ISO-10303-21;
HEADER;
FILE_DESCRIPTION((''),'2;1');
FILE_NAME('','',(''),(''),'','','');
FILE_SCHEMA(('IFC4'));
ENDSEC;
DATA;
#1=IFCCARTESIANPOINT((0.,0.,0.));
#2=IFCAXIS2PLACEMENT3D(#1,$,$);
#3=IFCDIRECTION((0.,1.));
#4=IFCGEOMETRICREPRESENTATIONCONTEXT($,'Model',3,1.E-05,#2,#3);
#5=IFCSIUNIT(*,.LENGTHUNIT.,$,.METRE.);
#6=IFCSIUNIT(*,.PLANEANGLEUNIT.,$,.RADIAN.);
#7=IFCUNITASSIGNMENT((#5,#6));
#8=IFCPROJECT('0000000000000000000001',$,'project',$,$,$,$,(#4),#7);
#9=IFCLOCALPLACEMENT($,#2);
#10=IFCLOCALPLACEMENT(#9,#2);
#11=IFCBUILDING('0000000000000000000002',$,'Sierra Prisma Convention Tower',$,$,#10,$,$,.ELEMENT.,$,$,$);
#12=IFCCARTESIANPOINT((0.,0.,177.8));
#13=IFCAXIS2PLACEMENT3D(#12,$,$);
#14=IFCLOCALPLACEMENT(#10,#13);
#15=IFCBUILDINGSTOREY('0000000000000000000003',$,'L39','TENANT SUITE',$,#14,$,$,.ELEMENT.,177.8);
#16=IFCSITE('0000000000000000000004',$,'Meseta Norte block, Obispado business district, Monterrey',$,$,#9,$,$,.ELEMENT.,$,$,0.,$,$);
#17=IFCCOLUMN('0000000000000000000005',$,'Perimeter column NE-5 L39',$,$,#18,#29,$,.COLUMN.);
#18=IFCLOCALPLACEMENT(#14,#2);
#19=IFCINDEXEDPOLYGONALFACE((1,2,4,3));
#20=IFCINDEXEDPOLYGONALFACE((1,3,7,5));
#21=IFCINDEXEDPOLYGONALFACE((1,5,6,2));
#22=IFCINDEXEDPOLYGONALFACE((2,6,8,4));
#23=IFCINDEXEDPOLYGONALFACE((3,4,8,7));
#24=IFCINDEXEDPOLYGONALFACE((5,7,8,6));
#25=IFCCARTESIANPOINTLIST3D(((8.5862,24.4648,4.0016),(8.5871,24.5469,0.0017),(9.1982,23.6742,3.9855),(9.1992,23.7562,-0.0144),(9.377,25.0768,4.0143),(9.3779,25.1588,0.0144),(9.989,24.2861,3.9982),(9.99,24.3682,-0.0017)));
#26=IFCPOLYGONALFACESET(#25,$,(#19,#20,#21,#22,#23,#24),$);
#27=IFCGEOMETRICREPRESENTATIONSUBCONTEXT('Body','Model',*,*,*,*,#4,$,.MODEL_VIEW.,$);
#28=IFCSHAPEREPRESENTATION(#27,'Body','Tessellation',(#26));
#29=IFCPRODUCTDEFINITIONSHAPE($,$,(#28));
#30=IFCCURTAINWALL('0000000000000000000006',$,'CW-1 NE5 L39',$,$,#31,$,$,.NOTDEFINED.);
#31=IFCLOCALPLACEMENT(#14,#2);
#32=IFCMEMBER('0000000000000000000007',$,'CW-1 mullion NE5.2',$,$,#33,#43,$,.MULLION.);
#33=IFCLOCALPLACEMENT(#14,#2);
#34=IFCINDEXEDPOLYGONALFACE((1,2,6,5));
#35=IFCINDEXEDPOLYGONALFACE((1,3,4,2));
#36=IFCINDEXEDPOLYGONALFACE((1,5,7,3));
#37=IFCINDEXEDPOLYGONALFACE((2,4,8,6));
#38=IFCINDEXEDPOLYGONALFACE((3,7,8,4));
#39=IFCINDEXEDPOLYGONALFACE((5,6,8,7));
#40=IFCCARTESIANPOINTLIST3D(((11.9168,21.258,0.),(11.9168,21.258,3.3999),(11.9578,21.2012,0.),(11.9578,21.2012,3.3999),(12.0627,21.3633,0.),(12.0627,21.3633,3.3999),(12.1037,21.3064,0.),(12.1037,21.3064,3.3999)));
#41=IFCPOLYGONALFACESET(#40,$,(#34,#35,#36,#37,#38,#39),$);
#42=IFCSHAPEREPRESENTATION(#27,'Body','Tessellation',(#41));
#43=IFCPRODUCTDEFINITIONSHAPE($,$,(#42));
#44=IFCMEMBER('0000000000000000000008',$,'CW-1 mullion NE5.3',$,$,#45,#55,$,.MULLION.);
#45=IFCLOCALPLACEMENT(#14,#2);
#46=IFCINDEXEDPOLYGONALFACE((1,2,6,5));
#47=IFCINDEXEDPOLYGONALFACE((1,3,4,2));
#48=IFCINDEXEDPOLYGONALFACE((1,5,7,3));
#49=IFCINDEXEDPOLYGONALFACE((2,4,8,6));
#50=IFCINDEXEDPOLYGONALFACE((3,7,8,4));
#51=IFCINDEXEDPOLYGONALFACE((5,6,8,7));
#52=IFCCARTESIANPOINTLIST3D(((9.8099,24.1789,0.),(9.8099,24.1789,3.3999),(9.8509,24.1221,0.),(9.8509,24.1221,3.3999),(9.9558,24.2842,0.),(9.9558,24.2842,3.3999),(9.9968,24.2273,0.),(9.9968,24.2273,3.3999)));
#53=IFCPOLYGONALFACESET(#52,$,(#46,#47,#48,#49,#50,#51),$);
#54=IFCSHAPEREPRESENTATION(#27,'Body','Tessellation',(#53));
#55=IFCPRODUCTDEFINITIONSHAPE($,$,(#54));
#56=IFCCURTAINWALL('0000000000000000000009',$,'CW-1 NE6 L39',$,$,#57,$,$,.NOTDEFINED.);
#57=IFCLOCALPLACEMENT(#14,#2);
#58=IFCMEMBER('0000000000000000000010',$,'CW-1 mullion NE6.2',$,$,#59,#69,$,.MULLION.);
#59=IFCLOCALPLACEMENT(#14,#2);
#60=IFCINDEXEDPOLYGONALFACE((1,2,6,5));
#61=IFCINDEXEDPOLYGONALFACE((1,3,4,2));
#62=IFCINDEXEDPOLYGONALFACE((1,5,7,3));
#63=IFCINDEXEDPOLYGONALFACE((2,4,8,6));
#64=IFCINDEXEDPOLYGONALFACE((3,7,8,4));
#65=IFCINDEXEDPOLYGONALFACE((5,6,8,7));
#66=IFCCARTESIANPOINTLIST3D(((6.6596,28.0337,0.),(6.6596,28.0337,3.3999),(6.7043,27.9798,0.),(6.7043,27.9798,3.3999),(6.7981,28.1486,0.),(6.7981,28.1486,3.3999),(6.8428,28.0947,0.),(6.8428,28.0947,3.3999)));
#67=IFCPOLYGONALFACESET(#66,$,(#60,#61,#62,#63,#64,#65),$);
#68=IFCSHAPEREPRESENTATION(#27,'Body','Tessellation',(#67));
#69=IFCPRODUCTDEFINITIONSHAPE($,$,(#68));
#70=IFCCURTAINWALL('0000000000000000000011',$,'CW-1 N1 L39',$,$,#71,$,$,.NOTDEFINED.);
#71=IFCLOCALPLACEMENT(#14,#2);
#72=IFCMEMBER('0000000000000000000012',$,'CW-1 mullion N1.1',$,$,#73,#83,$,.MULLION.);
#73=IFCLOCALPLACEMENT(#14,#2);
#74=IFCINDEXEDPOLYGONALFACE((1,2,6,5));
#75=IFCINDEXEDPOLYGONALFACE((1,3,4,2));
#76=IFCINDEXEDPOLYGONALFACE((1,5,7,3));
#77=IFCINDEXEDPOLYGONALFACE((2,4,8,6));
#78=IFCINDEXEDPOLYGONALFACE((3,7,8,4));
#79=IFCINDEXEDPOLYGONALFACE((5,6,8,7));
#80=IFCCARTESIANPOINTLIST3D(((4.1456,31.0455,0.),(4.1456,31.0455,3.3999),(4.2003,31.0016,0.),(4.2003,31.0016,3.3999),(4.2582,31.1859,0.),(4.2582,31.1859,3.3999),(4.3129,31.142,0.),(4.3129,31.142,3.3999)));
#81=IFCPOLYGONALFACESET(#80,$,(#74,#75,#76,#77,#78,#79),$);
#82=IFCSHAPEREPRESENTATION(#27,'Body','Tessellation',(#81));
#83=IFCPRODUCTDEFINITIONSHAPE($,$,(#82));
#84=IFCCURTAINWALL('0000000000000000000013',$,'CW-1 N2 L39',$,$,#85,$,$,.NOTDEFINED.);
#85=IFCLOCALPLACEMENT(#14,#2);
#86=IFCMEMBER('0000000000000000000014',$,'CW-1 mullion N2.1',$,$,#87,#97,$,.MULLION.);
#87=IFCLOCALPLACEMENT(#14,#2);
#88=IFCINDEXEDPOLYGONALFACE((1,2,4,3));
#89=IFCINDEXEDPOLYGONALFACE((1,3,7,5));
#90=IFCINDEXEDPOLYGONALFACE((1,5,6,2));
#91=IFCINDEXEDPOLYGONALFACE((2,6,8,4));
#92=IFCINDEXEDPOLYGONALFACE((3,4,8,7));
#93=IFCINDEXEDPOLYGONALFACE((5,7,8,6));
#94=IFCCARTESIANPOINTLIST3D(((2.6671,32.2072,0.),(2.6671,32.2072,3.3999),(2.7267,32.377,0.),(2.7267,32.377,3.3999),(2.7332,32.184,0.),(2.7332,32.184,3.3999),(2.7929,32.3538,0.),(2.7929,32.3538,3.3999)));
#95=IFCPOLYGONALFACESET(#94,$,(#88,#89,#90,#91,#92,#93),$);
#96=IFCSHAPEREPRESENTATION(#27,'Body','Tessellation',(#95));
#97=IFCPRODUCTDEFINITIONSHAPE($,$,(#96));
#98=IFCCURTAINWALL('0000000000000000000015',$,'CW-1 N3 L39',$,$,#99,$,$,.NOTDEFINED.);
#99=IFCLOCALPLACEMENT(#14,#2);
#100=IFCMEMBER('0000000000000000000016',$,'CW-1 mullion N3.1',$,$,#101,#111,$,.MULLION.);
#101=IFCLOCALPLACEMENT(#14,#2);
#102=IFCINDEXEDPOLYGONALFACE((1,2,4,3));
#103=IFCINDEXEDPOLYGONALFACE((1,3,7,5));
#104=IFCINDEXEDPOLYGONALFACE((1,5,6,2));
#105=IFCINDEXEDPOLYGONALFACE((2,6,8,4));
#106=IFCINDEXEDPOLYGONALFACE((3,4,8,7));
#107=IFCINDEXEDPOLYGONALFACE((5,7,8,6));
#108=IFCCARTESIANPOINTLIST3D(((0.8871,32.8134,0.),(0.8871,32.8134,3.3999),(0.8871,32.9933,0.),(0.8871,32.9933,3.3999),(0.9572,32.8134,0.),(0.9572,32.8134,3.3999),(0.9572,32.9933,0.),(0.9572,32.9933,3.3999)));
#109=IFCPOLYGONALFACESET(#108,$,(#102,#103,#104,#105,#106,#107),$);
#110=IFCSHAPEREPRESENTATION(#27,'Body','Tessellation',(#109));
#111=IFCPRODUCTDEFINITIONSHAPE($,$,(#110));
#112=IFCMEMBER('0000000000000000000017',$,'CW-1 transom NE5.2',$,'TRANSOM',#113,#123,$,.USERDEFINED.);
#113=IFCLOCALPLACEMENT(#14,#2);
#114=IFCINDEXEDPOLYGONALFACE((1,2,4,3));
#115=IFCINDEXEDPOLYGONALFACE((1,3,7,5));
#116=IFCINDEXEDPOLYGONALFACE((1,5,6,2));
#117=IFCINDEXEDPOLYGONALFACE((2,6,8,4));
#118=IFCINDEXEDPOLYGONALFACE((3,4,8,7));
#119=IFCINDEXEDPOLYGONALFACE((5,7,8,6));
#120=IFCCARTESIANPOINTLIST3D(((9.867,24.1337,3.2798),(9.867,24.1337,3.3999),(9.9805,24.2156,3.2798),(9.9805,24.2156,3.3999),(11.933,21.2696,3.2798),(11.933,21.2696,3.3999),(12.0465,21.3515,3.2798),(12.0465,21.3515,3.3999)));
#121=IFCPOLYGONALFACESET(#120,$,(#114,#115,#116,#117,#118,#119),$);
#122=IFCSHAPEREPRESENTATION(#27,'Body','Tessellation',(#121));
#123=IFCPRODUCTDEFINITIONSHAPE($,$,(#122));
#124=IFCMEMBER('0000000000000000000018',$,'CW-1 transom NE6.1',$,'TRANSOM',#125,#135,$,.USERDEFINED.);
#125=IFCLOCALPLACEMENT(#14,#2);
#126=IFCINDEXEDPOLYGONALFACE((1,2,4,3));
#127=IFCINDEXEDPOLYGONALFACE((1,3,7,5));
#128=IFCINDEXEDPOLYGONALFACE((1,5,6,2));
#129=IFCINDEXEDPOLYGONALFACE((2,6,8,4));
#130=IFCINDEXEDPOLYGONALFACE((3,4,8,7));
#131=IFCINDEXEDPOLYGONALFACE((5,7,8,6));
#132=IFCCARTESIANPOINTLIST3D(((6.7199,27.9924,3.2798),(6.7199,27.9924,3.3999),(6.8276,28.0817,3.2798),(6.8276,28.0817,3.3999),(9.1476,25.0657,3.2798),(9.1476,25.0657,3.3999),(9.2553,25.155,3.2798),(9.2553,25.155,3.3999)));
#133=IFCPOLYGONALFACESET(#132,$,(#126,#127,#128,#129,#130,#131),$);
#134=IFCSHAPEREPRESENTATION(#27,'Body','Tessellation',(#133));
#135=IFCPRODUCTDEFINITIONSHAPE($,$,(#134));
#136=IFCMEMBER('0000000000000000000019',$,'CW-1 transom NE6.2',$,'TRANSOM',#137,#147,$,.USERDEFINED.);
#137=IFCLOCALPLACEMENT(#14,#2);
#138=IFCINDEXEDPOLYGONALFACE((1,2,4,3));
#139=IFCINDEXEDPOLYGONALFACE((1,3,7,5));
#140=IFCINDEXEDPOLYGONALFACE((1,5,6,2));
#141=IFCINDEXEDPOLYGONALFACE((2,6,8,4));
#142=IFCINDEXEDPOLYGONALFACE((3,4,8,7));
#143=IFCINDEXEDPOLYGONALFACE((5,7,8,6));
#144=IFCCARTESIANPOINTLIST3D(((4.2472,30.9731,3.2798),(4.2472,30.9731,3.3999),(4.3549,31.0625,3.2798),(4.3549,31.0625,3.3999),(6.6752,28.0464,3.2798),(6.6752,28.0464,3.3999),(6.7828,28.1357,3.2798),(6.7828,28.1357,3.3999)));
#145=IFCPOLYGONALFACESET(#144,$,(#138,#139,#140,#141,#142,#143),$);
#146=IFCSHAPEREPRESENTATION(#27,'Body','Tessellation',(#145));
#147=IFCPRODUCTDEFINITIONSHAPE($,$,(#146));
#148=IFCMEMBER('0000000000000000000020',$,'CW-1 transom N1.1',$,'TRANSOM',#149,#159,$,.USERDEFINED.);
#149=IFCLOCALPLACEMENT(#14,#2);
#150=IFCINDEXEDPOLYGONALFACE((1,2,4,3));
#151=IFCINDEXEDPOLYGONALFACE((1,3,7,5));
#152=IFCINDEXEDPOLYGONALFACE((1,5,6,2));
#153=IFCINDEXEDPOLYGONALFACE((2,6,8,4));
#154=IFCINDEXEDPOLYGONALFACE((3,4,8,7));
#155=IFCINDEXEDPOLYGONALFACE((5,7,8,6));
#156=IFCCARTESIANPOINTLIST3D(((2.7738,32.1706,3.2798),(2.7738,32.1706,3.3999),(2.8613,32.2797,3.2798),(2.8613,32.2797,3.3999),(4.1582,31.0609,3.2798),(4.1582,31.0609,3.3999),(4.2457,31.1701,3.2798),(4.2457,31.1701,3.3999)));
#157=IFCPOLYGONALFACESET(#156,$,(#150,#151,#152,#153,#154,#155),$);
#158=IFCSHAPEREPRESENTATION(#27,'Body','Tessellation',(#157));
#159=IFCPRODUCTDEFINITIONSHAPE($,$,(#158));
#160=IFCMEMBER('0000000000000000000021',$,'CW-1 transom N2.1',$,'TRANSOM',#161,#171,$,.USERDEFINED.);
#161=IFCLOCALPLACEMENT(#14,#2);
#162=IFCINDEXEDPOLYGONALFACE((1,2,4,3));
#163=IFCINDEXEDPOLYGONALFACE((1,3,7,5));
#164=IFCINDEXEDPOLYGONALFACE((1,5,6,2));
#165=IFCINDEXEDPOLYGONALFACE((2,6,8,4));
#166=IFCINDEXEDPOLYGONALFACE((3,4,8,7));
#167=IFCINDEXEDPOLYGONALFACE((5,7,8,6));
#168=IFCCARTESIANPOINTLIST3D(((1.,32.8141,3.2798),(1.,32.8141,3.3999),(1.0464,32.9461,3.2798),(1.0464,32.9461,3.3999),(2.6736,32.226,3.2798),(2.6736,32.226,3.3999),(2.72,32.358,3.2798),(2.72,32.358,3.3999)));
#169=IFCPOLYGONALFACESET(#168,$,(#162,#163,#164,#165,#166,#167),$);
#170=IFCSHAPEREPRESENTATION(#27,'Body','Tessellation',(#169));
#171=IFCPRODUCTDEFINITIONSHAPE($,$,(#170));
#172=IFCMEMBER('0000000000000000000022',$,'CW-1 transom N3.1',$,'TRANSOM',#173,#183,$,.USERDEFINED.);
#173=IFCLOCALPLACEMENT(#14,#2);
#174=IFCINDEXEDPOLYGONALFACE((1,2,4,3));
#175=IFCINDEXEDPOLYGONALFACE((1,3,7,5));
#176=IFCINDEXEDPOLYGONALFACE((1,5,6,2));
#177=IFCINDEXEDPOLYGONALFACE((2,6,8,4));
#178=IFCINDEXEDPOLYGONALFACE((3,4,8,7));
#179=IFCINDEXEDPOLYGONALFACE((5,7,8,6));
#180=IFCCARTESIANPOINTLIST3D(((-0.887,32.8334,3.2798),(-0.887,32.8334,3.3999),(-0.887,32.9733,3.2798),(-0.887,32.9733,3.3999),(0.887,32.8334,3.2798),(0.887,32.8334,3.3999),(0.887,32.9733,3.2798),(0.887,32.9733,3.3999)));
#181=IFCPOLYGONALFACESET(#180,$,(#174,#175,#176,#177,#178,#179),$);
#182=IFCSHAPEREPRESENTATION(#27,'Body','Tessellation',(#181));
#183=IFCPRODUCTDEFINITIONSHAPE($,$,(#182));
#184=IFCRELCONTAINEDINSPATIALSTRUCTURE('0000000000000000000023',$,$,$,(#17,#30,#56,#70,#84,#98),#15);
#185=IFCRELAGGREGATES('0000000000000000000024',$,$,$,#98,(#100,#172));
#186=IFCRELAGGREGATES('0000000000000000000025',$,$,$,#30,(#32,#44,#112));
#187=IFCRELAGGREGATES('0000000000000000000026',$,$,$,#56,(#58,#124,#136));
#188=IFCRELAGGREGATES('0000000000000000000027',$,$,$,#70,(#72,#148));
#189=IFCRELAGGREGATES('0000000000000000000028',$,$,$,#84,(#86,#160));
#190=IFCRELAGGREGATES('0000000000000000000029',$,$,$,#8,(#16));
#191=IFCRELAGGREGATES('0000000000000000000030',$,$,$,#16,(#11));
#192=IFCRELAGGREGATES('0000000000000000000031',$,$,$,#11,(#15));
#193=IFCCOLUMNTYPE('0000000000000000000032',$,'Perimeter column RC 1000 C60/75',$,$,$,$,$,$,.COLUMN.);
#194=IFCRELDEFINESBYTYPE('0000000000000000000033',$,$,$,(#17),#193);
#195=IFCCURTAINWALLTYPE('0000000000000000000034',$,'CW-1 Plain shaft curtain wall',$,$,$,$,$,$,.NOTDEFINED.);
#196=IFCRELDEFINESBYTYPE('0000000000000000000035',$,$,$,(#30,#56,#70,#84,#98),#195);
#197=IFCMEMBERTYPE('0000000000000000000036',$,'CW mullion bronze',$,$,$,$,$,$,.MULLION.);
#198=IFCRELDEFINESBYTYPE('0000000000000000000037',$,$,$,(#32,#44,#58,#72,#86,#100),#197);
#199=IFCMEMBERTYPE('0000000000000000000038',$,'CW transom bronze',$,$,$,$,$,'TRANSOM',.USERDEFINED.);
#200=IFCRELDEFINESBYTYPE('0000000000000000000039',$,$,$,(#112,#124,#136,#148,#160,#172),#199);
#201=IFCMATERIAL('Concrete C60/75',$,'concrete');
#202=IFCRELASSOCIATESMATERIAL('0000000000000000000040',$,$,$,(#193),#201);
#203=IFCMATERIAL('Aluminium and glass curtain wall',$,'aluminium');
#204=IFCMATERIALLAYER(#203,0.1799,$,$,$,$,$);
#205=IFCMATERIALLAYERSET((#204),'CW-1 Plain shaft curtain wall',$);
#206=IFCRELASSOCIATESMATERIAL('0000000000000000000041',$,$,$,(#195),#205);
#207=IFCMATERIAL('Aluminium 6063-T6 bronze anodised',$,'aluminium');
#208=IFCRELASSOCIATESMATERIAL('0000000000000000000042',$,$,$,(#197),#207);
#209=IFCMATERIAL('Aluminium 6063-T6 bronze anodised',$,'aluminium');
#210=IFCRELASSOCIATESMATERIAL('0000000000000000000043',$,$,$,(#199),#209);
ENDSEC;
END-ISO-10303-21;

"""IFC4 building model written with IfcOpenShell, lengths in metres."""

from ifc_helpers import new_model, si_unit, direction, frame, origin, origin_2d, place, context, subcontext, project, spatial, rectangle, extrude, material, layer, layer_set, material_profile, profile_set, type_object, element, aggregate, save


model = new_model("IFC4")

# Units and contexts
model_context = context("Model", 3, precision=1e-05, world=origin(), true_north=direction((0.0, 1.0)))
body_context = subcontext(model_context, "Body", "Model", "MODEL_VIEW")
ifc_project = project(units=[si_unit("LENGTHUNIT", "METRE"), si_unit("PLANEANGLEUNIT", "RADIAN")], contexts=[model_context])

# Site, building, storey
site_placement = place(None, origin())
site = spatial("IfcSite", under=ifc_project, at=site_placement, Name="Meseta Norte block, Obispado business district, Monterrey", CompositionType="ELEMENT", RefElevation=0.0)
building_placement = place(site_placement, origin())
building = spatial("IfcBuilding", under=site, at=building_placement, Name="Sierra Prisma Convention Tower", CompositionType="ELEMENT")
storey_placement = place(building_placement, frame((0.0, 0.0, 177.8)))
storey = spatial("IfcBuildingStorey", under=building, at=storey_placement, Name="L39", Description="TENANT SUITE", CompositionType="ELEMENT", Elevation=177.8)

# Column
ifc_material_1 = material(Name="Concrete C60/75", Category="concrete")
ifc_material_profile_1 = material_profile(ifc_material_1, rectangle(XDim=1.0, YDim=1.0, at=origin_2d()), Name="Perimeter column RC 1000 C60/75")
ifc_profile_set_1 = profile_set([ifc_material_profile_1], Name="Concrete C60/75")
column_type = type_object("IfcColumnType", Name="Perimeter column RC 1000 C60/75", PredefinedType="COLUMN", material=ifc_profile_set_1)
column_placement = place(storey_placement, frame((9.2886, 24.4575, 0.0), z_axis=(-0.000244, -0.020504, 0.99979), x_axis=(-0.612079, 0.790633, 0.016065)))
element("IfcColumn", 1, at=column_placement, inside=storey, type_object=column_type, Name="Perimeter column NE-5 L39", PredefinedType="COLUMN", context=body_context, shape_type="SweptSolid", body=[
    extrude(rectangle(XDim=1.0, YDim=1.0, at=origin_2d()), origin(), (0.0, 0.0, 1.0), 4.0007),
])

# Curtain wall, members
ifc_material_2 = material(Name="Aluminium and glass curtain wall", Category="aluminium")
ifc_layer_1 = layer(ifc_material_2, 0.1799)
ifc_layer_set_1 = layer_set([ifc_layer_1], Name="CW-1 Plain shaft curtain wall")
curtain_wall_type = type_object("IfcCurtainWallType", Name="CW-1 Plain shaft curtain wall", PredefinedType="NOTDEFINED", material=ifc_layer_set_1)
curtain_wall_1_placement = place(storey_placement, origin())
curtain_wall_1 = element("IfcCurtainWall", 2, at=curtain_wall_1_placement, inside=storey, type_object=curtain_wall_type, Name="CW-1 NE5 L39", PredefinedType="NOTDEFINED")
ifc_material_3 = material(Name="Aluminium 6063-T6 bronze anodised", Category="aluminium")
ifc_material_profile_2 = material_profile(ifc_material_3, rectangle(XDim=0.1799, YDim=0.0701, at=origin_2d()), Name="ALU MULLION 70x180")
ifc_profile_set_2 = profile_set([ifc_material_profile_2], Name="Aluminium 6063-T6 bronze anodised")
member_type_1 = type_object("IfcMemberType", Name="CW mullion bronze", PredefinedType="MULLION", material=ifc_profile_set_2)
member_1_placement = place(storey_placement, frame((12.0103, 21.2822, 0.0), z_axis=(0.0, 0.0, 1.0), x_axis=(-0.811012, -0.585029, 0.0)))
member_1 = element("IfcMember", 3, at=member_1_placement, type_object=member_type_1, Name="CW-1 mullion NE5.2", PredefinedType="MULLION", context=body_context, shape_type="SweptSolid", body=[
    extrude(rectangle(XDim=0.1799, YDim=0.0701, at=origin_2d()), origin(), (0.0, 0.0, 1.0), 3.3999),
])
member_2_placement = place(storey_placement, frame((9.9033, 24.2031, 0.0), z_axis=(0.0, 0.0, 1.0), x_axis=(-0.811012, -0.585029, 0.0)))
member_2 = element("IfcMember", 4, at=member_2_placement, type_object=member_type_1, Name="CW-1 mullion NE5.3", PredefinedType="MULLION", context=body_context, shape_type="SweptSolid", body=[
    extrude(rectangle(XDim=0.1799, YDim=0.0701, at=origin_2d()), origin(), (0.0, 0.0, 1.0), 3.3999),
])

# Curtain walls, members
curtain_wall_2_placement = place(storey_placement, origin())
curtain_wall_2 = element("IfcCurtainWall", 5, at=curtain_wall_2_placement, inside=storey, type_object=curtain_wall_type, Name="CW-1 NE6 L39", PredefinedType="NOTDEFINED")
member_3_placement = place(storey_placement, frame((6.7512, 28.0642, 0.0), z_axis=(0.0, 0.0, 1.0), x_axis=(-0.769678, -0.638433, 0.0)))
member_3 = element("IfcMember", 6, at=member_3_placement, type_object=member_type_1, Name="CW-1 mullion NE6.2", PredefinedType="MULLION", context=body_context, shape_type="SweptSolid", body=[
    extrude(rectangle(XDim=0.1799, YDim=0.0701, at=origin_2d()), origin(), (0.0, 0.0, 1.0), 3.3999),
])
curtain_wall_3_placement = place(storey_placement, origin())
curtain_wall_3 = element("IfcCurtainWall", 7, at=curtain_wall_3_placement, inside=storey, type_object=curtain_wall_type, Name="CW-1 N1 L39", PredefinedType="NOTDEFINED")
member_4_placement = place(storey_placement, frame((4.2292, 31.0938, 0.0), z_axis=(0.0, 0.0, 1.0), x_axis=(-0.625406, -0.7803, 0.0)))
member_4 = element("IfcMember", 8, at=member_4_placement, type_object=member_type_1, Name="CW-1 mullion N1.1", PredefinedType="MULLION", context=body_context, shape_type="SweptSolid", body=[
    extrude(rectangle(XDim=0.1799, YDim=0.0701, at=origin_2d()), origin(), (0.0, 0.0, 1.0), 3.3999),
])
curtain_wall_4_placement = place(storey_placement, origin())
curtain_wall_4 = element("IfcCurtainWall", 9, at=curtain_wall_4_placement, inside=storey, type_object=curtain_wall_type, Name="CW-1 N2 L39", PredefinedType="NOTDEFINED")
member_5_placement = place(storey_placement, frame((2.73, 32.2805, 0.0), z_axis=(0.0, 0.0, 1.0), x_axis=(-0.331436, -0.943478, 0.0)))
member_5 = element("IfcMember", 10, at=member_5_placement, type_object=member_type_1, Name="CW-1 mullion N2.1", PredefinedType="MULLION", context=body_context, shape_type="SweptSolid", body=[
    extrude(rectangle(XDim=0.1799, YDim=0.0701, at=origin_2d()), origin(), (0.0, 0.0, 1.0), 3.3999),
])
curtain_wall_5_placement = place(storey_placement, origin())
curtain_wall_5 = element("IfcCurtainWall", 11, at=curtain_wall_5_placement, inside=storey, type_object=curtain_wall_type, Name="CW-1 N3 L39", PredefinedType="NOTDEFINED")
member_6_placement = place(storey_placement, frame((0.9221, 32.9033, 0.0), z_axis=(0.0, 0.0, 1.0), x_axis=(0.0, -1.0, 0.0)))
member_6 = element("IfcMember", 12, at=member_6_placement, type_object=member_type_1, Name="CW-1 mullion N3.1", PredefinedType="MULLION", context=body_context, shape_type="SweptSolid", body=[
    extrude(rectangle(XDim=0.1799, YDim=0.0701, at=origin_2d()), origin(), (0.0, 0.0, 1.0), 3.3999),
])

# Members
ifc_material_4 = material(Name="Aluminium 6063-T6 bronze anodised", Category="aluminium")
ifc_material_profile_3 = material_profile(ifc_material_4, rectangle(XDim=0.1399, YDim=0.1201, at=origin_2d()), Name="ALU TRANSOM 120x140")
ifc_profile_set_3 = profile_set([ifc_material_profile_3], Name="Aluminium 6063-T6 bronze anodised")
member_type_2 = type_object("IfcMemberType", Name="CW transom bronze", ElementType="TRANSOM", PredefinedType="USERDEFINED", material=ifc_profile_set_3)
member_7_placement = place(storey_placement, frame((11.9897, 21.3105, 3.3398), z_axis=(-0.585018, 0.81102, 0.0), x_axis=(-0.81102, -0.585018, 0.0)))
member_7 = element("IfcMember", 13, at=member_7_placement, type_object=member_type_2, Name="CW-1 transom NE5.2", ObjectType="TRANSOM", PredefinedType="USERDEFINED", context=body_context, shape_type="SweptSolid", body=[
    extrude(rectangle(XDim=0.1399, YDim=0.1201, at=origin_2d()), origin(), (0.0, 0.0, 1.0), 3.5315),
])
member_8_placement = place(storey_placement, frame((9.2014, 25.1104, 3.3398), z_axis=(-0.63844, 0.769672, 0.0), x_axis=(-0.769672, -0.63844, 0.0)))
member_8 = element("IfcMember", 14, at=member_8_placement, type_object=member_type_2, Name="CW-1 transom NE6.1", ObjectType="TRANSOM", PredefinedType="USERDEFINED", context=body_context, shape_type="SweptSolid", body=[
    extrude(rectangle(XDim=0.1399, YDim=0.1201, at=origin_2d()), origin(), (0.0, 0.0, 1.0), 3.8025),
])
member_9_placement = place(storey_placement, frame((6.729, 28.0911, 3.3398), z_axis=(-0.638478, 0.76964, 0.0), x_axis=(-0.76964, -0.638478, 0.0)))
member_9 = element("IfcMember", 15, at=member_9_placement, type_object=member_type_2, Name="CW-1 transom NE6.2", ObjectType="TRANSOM", PredefinedType="USERDEFINED", context=body_context, shape_type="SweptSolid", body=[
    extrude(rectangle(XDim=0.1399, YDim=0.1201, at=origin_2d()), origin(), (0.0, 0.0, 1.0), 3.8027),
])
member_10_placement = place(storey_placement, frame((4.2019, 31.1155, 3.3398), z_axis=(-0.780264, 0.62545, 0.0), x_axis=(-0.62545, -0.780264, 0.0)))
member_10 = element("IfcMember", 16, at=member_10_placement, type_object=member_type_2, Name="CW-1 transom N1.1", ObjectType="TRANSOM", PredefinedType="USERDEFINED", context=body_context, shape_type="SweptSolid", body=[
    extrude(rectangle(XDim=0.1399, YDim=0.1201, at=origin_2d()), origin(), (0.0, 0.0, 1.0), 1.7742),
])
member_11_placement = place(storey_placement, frame((2.6968, 32.292, 3.3398), z_axis=(-0.943439, 0.331546, 0.0), x_axis=(-0.331546, -0.943439, 0.0)))
member_11 = element("IfcMember", 17, at=member_11_placement, type_object=member_type_2, Name="CW-1 transom N2.1", ObjectType="TRANSOM", PredefinedType="USERDEFINED", context=body_context, shape_type="SweptSolid", body=[
    extrude(rectangle(XDim=0.1399, YDim=0.1201, at=origin_2d()), origin(), (0.0, 0.0, 1.0), 1.7739),
])
member_12_placement = place(storey_placement, frame((0.887, 32.9033, 3.3398), z_axis=(-1.0, 0.0, 0.0), x_axis=(0.0, -1.0, 0.0)))
member_12 = element("IfcMember", 18, at=member_12_placement, type_object=member_type_2, Name="CW-1 transom N3.1", ObjectType="TRANSOM", PredefinedType="USERDEFINED", context=body_context, shape_type="SweptSolid", body=[
    extrude(rectangle(XDim=0.1399, YDim=0.1201, at=origin_2d()), origin(), (0.0, 0.0, 1.0), 1.7739),
])
aggregate(curtain_wall_5, [member_6, member_12])

aggregate(curtain_wall_1, [member_1, member_2, member_7])
aggregate(curtain_wall_2, [member_3, member_8, member_9])
aggregate(curtain_wall_3, [member_4, member_10])
aggregate(curtain_wall_4, [member_5, member_11])

save(model, "model.ifc")
